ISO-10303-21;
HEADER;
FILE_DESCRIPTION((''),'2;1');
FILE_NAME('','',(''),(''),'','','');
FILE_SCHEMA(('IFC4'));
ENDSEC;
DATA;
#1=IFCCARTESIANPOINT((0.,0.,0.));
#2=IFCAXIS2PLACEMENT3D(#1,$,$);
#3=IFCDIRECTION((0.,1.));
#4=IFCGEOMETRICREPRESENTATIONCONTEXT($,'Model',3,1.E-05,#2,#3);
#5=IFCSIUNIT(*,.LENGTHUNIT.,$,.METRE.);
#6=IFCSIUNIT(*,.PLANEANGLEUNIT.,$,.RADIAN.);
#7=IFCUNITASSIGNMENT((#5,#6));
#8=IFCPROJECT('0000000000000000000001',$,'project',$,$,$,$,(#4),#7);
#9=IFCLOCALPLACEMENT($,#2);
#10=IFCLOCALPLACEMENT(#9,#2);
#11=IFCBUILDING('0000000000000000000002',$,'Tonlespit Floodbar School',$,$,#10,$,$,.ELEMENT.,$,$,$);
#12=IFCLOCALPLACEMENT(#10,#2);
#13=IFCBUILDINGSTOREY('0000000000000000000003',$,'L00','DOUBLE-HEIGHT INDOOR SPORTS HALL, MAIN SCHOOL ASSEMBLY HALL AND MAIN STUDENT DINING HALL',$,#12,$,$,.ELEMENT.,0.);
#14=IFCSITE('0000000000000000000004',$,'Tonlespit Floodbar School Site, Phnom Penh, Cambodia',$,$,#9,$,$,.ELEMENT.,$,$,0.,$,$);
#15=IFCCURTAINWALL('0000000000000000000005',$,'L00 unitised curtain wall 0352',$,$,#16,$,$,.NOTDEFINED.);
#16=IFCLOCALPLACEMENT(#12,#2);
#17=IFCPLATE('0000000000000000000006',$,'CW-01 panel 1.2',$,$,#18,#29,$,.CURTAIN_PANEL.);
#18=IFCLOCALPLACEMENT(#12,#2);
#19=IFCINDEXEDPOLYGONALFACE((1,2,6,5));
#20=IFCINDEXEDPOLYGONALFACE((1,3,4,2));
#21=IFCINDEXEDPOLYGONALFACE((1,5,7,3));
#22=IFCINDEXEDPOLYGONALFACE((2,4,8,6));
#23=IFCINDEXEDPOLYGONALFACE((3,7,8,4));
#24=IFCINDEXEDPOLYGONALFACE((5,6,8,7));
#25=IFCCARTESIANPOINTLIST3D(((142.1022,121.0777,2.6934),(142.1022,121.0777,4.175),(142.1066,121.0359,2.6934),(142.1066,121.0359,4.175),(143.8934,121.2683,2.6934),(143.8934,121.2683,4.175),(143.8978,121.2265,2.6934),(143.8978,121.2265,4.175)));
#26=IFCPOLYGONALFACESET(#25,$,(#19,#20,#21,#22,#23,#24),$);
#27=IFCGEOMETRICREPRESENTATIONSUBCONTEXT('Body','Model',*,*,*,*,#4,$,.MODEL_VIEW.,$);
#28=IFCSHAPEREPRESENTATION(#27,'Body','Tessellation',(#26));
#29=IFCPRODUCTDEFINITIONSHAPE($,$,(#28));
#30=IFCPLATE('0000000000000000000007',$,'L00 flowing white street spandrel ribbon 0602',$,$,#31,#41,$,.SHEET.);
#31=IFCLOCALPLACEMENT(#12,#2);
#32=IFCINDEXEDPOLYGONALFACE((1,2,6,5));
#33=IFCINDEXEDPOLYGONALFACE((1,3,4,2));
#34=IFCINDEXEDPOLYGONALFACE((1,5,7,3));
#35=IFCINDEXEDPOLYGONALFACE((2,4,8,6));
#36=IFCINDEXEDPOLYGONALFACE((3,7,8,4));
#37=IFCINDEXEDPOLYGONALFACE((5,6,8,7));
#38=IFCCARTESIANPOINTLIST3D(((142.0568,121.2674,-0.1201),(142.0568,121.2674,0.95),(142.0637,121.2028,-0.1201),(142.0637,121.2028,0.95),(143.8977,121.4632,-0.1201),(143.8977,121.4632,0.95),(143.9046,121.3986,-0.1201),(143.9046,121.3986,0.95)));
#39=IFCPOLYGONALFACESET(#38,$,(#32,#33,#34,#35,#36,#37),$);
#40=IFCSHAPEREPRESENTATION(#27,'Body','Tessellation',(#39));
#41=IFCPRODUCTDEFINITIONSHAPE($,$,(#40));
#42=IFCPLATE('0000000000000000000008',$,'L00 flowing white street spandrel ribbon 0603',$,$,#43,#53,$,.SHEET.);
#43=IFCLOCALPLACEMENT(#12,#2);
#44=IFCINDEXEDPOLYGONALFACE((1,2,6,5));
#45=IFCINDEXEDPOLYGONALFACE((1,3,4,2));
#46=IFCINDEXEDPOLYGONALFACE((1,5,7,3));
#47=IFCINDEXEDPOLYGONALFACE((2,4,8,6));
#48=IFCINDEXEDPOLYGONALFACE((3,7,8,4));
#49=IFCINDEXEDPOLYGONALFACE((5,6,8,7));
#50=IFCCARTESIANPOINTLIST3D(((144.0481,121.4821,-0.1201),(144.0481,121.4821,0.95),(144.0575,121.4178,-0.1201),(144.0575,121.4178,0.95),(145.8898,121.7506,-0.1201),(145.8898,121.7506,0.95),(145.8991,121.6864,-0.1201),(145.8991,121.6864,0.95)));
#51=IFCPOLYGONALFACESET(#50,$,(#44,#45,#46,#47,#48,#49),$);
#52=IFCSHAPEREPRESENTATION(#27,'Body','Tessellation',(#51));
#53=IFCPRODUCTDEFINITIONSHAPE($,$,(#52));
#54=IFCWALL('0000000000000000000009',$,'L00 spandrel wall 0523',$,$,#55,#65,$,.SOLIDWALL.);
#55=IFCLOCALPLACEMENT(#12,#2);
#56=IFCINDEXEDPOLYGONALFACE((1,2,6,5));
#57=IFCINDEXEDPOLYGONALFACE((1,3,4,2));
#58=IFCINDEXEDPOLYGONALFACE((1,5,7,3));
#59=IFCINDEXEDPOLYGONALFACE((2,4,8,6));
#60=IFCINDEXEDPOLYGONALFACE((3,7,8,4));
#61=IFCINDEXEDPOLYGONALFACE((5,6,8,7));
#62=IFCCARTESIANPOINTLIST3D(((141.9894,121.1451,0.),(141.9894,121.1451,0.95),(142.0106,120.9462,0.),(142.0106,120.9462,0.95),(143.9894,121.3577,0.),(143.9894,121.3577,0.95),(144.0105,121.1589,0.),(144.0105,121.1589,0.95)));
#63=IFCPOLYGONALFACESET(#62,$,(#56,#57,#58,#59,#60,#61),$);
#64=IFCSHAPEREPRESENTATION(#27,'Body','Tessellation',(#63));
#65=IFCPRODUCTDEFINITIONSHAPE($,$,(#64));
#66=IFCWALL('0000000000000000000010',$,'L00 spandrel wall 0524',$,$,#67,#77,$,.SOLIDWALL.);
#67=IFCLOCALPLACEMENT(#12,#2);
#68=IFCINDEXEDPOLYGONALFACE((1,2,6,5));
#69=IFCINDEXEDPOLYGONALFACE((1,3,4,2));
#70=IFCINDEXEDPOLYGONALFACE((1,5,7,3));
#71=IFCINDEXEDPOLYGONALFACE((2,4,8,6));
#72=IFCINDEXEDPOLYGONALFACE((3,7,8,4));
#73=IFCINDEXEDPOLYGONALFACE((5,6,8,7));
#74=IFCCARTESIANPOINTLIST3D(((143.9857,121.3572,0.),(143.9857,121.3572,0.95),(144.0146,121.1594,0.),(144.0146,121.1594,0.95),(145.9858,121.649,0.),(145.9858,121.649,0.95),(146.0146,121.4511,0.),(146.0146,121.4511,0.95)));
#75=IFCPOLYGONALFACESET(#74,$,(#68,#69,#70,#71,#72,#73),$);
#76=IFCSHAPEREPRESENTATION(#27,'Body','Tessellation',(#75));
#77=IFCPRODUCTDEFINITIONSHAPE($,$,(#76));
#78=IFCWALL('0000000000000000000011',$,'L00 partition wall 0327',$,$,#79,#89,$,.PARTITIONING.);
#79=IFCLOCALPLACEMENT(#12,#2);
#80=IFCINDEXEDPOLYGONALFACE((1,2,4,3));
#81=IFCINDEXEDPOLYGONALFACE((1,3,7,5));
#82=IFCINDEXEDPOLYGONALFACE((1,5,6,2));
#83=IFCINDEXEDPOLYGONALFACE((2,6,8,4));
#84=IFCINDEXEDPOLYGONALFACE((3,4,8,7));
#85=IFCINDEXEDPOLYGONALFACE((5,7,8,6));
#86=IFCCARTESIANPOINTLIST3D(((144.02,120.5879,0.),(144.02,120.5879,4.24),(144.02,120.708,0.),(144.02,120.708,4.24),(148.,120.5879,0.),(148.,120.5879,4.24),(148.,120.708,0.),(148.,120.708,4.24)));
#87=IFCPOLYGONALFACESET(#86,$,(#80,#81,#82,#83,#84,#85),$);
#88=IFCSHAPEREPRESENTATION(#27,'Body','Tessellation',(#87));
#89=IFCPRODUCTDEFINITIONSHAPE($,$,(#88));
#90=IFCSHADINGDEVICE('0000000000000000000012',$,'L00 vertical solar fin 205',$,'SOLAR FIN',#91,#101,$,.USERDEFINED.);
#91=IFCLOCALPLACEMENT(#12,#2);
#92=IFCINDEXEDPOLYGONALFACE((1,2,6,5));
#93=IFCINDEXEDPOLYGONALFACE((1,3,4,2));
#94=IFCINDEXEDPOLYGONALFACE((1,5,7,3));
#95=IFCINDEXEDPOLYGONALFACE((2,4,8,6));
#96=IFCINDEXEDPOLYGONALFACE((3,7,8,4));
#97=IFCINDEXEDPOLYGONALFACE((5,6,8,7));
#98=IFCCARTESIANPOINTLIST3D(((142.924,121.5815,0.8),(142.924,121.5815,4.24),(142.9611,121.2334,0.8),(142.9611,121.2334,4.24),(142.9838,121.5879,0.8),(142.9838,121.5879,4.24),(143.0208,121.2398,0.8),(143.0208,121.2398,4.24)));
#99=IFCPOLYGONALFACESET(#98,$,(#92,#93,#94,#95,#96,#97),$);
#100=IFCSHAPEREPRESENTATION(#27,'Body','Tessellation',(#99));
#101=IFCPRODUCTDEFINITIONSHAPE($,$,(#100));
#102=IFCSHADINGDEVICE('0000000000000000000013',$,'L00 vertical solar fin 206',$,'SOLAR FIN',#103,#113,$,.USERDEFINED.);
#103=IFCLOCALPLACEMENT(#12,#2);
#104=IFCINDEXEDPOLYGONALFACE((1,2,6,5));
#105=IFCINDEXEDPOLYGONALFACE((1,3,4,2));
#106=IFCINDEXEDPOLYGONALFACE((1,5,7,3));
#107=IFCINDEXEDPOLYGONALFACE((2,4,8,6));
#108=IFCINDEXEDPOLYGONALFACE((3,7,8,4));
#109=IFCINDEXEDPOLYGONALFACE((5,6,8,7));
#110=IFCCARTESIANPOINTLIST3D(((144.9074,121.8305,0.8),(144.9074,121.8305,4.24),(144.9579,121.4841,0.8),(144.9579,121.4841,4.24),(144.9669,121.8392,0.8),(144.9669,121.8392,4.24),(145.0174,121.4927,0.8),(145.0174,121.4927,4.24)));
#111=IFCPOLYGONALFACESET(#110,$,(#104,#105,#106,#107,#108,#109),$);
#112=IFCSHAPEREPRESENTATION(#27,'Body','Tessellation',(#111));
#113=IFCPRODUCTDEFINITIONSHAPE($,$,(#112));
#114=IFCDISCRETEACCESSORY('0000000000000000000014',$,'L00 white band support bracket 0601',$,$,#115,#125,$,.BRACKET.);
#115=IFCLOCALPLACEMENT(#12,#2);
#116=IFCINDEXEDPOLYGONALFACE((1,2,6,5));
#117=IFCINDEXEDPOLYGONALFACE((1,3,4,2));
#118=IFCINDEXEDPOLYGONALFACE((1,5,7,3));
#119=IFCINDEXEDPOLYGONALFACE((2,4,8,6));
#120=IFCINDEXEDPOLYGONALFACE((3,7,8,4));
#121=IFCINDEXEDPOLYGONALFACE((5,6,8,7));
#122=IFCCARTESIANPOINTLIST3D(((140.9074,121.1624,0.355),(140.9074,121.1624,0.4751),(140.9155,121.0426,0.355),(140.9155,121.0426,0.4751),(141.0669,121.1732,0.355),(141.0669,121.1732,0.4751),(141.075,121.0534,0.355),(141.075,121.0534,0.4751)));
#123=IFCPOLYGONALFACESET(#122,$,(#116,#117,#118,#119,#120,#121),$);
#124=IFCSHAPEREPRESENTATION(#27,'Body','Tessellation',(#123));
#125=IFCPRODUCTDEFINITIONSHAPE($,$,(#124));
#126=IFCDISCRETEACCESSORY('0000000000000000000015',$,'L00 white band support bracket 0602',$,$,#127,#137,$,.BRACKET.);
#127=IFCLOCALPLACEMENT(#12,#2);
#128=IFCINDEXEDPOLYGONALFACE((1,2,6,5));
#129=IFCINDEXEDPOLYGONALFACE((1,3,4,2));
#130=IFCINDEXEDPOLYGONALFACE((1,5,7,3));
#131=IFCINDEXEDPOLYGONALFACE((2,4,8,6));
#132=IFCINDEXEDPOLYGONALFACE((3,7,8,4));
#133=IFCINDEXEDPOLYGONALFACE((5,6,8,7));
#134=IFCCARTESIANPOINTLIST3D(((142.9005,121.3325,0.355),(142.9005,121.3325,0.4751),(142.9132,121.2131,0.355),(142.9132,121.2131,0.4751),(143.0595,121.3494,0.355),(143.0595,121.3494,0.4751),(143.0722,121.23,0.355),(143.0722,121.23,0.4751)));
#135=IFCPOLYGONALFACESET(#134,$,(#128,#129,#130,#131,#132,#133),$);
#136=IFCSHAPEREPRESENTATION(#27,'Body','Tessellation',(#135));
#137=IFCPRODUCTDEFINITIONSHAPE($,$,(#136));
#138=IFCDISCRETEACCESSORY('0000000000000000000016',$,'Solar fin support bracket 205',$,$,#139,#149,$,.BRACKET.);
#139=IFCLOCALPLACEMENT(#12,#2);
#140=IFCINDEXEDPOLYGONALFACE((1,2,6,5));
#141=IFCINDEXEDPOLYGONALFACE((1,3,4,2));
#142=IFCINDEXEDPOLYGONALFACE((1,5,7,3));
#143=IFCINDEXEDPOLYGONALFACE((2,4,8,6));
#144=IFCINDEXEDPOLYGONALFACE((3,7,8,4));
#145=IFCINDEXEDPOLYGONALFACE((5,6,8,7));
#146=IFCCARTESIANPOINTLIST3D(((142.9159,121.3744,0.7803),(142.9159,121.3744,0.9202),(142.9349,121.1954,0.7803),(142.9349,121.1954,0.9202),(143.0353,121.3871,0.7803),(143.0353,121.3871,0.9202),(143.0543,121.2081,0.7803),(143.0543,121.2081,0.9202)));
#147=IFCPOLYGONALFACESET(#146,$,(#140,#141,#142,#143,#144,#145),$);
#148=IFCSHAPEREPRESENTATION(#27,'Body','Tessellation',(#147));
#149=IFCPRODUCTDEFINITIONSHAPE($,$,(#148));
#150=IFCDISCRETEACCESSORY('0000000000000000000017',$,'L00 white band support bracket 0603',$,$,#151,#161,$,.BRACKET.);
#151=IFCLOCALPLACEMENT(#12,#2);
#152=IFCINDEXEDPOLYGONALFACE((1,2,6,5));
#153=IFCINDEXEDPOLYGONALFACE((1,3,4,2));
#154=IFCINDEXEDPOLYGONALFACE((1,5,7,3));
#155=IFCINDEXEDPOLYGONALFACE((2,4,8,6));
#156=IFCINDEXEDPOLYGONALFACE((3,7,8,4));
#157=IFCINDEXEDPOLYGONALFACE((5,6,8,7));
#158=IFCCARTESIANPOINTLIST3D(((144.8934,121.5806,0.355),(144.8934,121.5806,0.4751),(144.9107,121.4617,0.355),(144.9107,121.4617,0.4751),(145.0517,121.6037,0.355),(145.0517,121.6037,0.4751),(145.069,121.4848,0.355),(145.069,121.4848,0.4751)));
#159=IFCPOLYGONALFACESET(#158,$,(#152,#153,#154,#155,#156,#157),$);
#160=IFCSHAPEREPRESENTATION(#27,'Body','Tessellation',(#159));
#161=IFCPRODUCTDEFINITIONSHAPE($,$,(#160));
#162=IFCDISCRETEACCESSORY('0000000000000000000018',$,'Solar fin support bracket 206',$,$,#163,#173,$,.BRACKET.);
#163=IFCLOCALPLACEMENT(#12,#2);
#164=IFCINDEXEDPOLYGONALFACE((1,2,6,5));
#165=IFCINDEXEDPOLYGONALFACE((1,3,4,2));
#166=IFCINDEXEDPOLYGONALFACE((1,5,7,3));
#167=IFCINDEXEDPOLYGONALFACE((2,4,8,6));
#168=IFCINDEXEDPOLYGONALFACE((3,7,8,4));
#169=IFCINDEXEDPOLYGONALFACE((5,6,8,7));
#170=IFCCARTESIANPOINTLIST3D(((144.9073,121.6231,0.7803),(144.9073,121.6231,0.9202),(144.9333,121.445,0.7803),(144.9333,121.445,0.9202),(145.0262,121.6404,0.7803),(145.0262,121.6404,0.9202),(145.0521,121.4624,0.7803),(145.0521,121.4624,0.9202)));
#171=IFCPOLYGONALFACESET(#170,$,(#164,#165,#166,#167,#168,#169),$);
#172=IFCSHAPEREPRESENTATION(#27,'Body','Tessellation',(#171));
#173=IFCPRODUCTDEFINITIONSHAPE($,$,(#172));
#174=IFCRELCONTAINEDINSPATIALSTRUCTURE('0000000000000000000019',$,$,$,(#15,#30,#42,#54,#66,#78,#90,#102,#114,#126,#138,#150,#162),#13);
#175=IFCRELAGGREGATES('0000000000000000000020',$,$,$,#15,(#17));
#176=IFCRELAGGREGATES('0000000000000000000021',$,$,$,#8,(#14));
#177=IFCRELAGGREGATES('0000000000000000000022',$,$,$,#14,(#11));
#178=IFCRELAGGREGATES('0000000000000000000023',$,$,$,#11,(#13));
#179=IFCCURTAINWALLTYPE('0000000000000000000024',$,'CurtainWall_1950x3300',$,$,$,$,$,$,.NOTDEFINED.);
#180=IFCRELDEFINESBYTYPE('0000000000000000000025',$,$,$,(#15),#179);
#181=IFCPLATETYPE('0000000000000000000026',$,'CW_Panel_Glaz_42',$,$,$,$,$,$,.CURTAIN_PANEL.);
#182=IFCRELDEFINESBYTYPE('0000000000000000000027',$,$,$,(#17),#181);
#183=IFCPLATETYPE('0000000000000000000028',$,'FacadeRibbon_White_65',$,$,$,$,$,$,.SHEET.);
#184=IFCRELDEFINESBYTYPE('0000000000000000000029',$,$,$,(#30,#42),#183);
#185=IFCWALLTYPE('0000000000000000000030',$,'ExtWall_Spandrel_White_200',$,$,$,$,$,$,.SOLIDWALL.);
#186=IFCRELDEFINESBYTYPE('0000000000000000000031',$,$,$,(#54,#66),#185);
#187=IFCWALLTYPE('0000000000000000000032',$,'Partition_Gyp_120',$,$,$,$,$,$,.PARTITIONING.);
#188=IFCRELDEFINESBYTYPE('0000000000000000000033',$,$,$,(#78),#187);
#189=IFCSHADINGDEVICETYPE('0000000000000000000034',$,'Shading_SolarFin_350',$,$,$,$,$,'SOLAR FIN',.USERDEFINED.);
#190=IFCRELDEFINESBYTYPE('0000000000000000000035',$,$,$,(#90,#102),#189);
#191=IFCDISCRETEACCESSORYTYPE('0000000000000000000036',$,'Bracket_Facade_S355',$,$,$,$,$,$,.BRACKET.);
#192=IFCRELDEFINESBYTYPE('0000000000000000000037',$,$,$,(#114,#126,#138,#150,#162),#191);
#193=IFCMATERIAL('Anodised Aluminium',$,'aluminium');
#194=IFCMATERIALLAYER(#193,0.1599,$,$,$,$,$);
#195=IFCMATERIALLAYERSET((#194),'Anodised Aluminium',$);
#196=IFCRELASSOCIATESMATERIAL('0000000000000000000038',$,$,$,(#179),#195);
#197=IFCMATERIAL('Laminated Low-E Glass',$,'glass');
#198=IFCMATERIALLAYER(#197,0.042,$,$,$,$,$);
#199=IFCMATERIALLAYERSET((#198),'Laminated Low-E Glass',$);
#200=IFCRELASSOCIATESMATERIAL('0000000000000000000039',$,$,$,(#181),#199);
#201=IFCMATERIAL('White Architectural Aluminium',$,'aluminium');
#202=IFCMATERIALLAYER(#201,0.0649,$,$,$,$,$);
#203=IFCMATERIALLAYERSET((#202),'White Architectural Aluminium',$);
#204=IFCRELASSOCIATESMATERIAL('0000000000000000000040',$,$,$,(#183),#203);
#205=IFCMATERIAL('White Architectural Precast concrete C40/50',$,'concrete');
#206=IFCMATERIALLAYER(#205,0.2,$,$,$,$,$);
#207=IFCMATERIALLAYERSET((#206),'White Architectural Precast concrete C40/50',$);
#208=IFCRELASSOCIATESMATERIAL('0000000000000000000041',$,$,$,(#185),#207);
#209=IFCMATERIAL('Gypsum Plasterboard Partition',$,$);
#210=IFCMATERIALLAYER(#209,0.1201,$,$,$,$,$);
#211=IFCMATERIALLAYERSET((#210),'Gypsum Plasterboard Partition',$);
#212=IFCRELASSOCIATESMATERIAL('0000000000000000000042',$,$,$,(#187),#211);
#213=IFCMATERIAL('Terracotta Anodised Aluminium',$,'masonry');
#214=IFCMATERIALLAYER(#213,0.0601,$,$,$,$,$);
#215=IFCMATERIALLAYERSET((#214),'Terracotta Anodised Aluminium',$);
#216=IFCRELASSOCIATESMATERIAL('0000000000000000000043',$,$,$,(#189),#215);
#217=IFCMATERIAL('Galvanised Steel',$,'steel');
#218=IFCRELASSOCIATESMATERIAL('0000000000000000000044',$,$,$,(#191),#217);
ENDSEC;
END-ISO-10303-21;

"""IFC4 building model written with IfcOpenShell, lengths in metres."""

from ifc_helpers import new_model, si_unit, direction, frame, frame_2d, origin, origin_2d, place, context, subcontext, project, spatial, rectangle, extrude, material, layer, layer_set, type_object, element, aggregate, save


model = new_model("IFC4")

# Units and contexts
model_context = context("Model", 3, precision=1e-05, world=origin(), true_north=direction((0.0, 1.0)))
body_context = subcontext(model_context, "Body", "Model", "MODEL_VIEW")
ifc_project = project(units=[si_unit("LENGTHUNIT", "METRE"), si_unit("PLANEANGLEUNIT", "RADIAN")], contexts=[model_context])

# Site, building, storey
site_placement = place(None, origin())
site = spatial("IfcSite", under=ifc_project, at=site_placement, Name="Tonlespit Floodbar School Site, Phnom Penh, Cambodia", CompositionType="ELEMENT", RefElevation=0.0)
building_placement = place(site_placement, origin())
building = spatial("IfcBuilding", under=site, at=building_placement, Name="Tonlespit Floodbar School", CompositionType="ELEMENT")
storey_placement = place(building_placement, origin())
storey = spatial("IfcBuildingStorey", under=building, at=storey_placement, Name="L00", Description="DOUBLE-HEIGHT INDOOR SPORTS HALL, MAIN SCHOOL ASSEMBLY HALL AND MAIN STUDENT DINING HALL", CompositionType="ELEMENT", Elevation=0.0)

# Curtain wall
ifc_material_1 = material(Name="Anodised Aluminium", Category="aluminium")
ifc_layer_1 = layer(ifc_material_1, 0.1599)
ifc_layer_set_1 = layer_set([ifc_layer_1], Name="Anodised Aluminium")
curtain_wall_type_1 = type_object("IfcCurtainWallType", Name="CurtainWall_1950x3300", PredefinedType="NOTDEFINED", material=ifc_layer_set_1)
curtain_wall_1_placement = place(storey_placement, origin())
curtain_wall_1 = element("IfcCurtainWall", 1, at=curtain_wall_1_placement, inside=storey, type_object=curtain_wall_type_1, Name="L00 unitised curtain wall 0352", PredefinedType="NOTDEFINED")

# Plate
ifc_material_2 = material(Name="Laminated Low-E Glass", Category="glass")
ifc_layer_2 = layer(ifc_material_2, 0.042)
ifc_layer_set_2 = layer_set([ifc_layer_2], Name="Laminated Low-E Glass")
plate_type_1 = type_object("IfcPlateType", Name="CW_Panel_Glaz_42", PredefinedType="CURTAIN_PANEL", material=ifc_layer_set_2)
plate_1_placement = place(storey_placement, frame((143.0, 121.1521, 2.6934), z_axis=(0.0, 0.0, 1.0), x_axis=(0.994389, 0.105787, 0.0)))
plate_1 = element("IfcPlate", 2, at=plate_1_placement, type_object=plate_type_1, Name="CW-01 panel 1.2", PredefinedType="CURTAIN_PANEL", context=body_context, shape_type="SweptSolid", body=[
    extrude(rectangle(XDim=1.8013, YDim=0.042, at=origin_2d()), origin(), (0.0, 0.0, 1.0), 1.4817),
])
aggregate(curtain_wall_1, [plate_1])

# Plates
ifc_material_3 = material(Name="White Architectural Aluminium", Category="aluminium")
ifc_layer_3 = layer(ifc_material_3, 0.0649)
ifc_layer_set_3 = layer_set([ifc_layer_3], Name="White Architectural Aluminium")
plate_type_2 = type_object("IfcPlateType", Name="FacadeRibbon_White_65", PredefinedType="SHEET", material=ifc_layer_set_3)
plate_2_placement = place(storey_placement, frame((142.9807, 121.333, -0.1201), z_axis=(0.0, 0.0, 1.0), x_axis=(0.994392, 0.105754, 0.0)))
element("IfcPlate", 3, at=plate_2_placement, inside=storey, type_object=plate_type_2, Name="L00 flowing white street spandrel ribbon 0602", PredefinedType="SHEET", context=body_context, shape_type="SweptSolid", body=[
    extrude(rectangle(XDim=1.8513, YDim=0.0649, at=origin_2d()), origin(), (0.0, 0.0, 1.0), 1.0701),
])
plate_3_placement = place(storey_placement, frame((144.9736, 121.5842, -0.1201), z_axis=(0.0, 0.0, 1.0), x_axis=(0.989538, 0.144275, 0.0)))
element("IfcPlate", 4, at=plate_3_placement, inside=storey, type_object=plate_type_2, Name="L00 flowing white street spandrel ribbon 0603", PredefinedType="SHEET", context=body_context, shape_type="SweptSolid", body=[
    extrude(rectangle(XDim=1.8611, YDim=0.0649, at=origin_2d()), origin(), (0.0, 0.0, 1.0), 1.0701),
])

# Walls
ifc_material_4 = material(Name="White Architectural Precast concrete C40/50", Category="concrete")
ifc_layer_4 = layer(ifc_material_4, 0.2)
ifc_layer_set_4 = layer_set([ifc_layer_4], Name="White Architectural Precast concrete C40/50")
wall_type_1 = type_object("IfcWallType", Name="ExtWall_Spandrel_White_200", PredefinedType="SOLIDWALL", material=ifc_layer_set_4)
wall_1_placement = place(storey_placement, frame((142.0, 121.0457, 0.0), z_axis=(0.0, 0.0, 1.0), x_axis=(0.994395, 0.105727, 0.0)))
element("IfcWall", 5, at=wall_1_placement, inside=storey, type_object=wall_type_1, Name="L00 spandrel wall 0523", PredefinedType="SOLIDWALL", context=body_context, shape_type="SweptSolid", body=[
    extrude(rectangle(XDim=2.0112, YDim=0.2, at=frame_2d((1.0056, 0.0))), origin(), (0.0, 0.0, 1.0), 0.95),
])
wall_2_placement = place(storey_placement, frame((144.0, 121.2583, 0.0), z_axis=(0.0, 0.0, 1.0), x_axis=(0.989527, 0.144346, 0.0)))
element("IfcWall", 6, at=wall_2_placement, inside=storey, type_object=wall_type_1, Name="L00 spandrel wall 0524", PredefinedType="SOLIDWALL", context=body_context, shape_type="SweptSolid", body=[
    extrude(rectangle(XDim=2.0212, YDim=0.2, at=frame_2d((1.0107, 0.0))), origin(), (0.0, 0.0, 1.0), 0.95),
])
ifc_material_5 = material(Name="Gypsum Plasterboard Partition")
ifc_layer_5 = layer(ifc_material_5, 0.1201)
ifc_layer_set_5 = layer_set([ifc_layer_5], Name="Gypsum Plasterboard Partition")
wall_type_2 = type_object("IfcWallType", Name="Partition_Gyp_120", PredefinedType="PARTITIONING", material=ifc_layer_set_5)
wall_3_placement = place(storey_placement, frame((144.02, 120.6479, 0.0), z_axis=(0.0, 0.0, 1.0), x_axis=(1.0, 0.0, 0.0)))
element("IfcWall", 7, at=wall_3_placement, inside=storey, type_object=wall_type_2, Name="L00 partition wall 0327", PredefinedType="PARTITIONING", context=body_context, shape_type="SweptSolid", body=[
    extrude(rectangle(XDim=3.98, YDim=0.1201, at=frame_2d((1.99, 0.0))), origin(), (0.0, 0.0, 1.0), 4.24),
])

# Shading devices
ifc_material_6 = material(Name="Terracotta Anodised Aluminium", Category="masonry")
ifc_layer_6 = layer(ifc_material_6, 0.0601)
ifc_layer_set_6 = layer_set([ifc_layer_6], Name="Terracotta Anodised Aluminium")
shading_device_type = type_object("IfcShadingDeviceType", Name="Shading_SolarFin_350", ElementType="SOLAR FIN", PredefinedType="USERDEFINED", material=ifc_layer_set_6)
for number, where, z_axis, x_axis, name in (
    (8, (142.9724, 121.4106, 0.8), (0.0, 0.0, 1.0), (0.994392, 0.105754, 0.0), "L00 vertical solar fin 205"),
    (9, (144.9624, 121.6616, 0.8), (0.0, 0.0, 1.0), (0.989538, 0.144275, 0.0), "L00 vertical solar fin 206"),
):
    element("IfcShadingDevice", number, at=place(storey_placement, frame(where, z_axis=z_axis, x_axis=x_axis)), inside=storey, type_object=shading_device_type, Name=name, ObjectType="SOLAR FIN", PredefinedType="USERDEFINED", context=body_context, shape_type="SweptSolid", body=[
        extrude(rectangle(XDim=0.0601, YDim=0.3501, at=origin_2d()), origin(), (0.0, 0.0, 1.0), 3.4399),
    ])

# Discrete accessories
ifc_material_7 = material(Name="Galvanised Steel", Category="steel")
discrete_accessory_type = type_object("IfcDiscreteAccessoryType", Name="Bracket_Facade_S355", PredefinedType="BRACKET", material=ifc_material_7)
for number, where, z_axis, x_axis, name in (
    (10, (140.9912, 121.1079, 0.355), (0.0, 0.0, 1.0), (0.99773, 0.067347, 0.0), "L00 white band support bracket 0601"),
    (11, (142.9863, 121.2812, 0.355), (0.0, 0.0, 1.0), (0.994392, 0.105754, 0.0), "L00 white band support bracket 0602"),
):
    element("IfcDiscreteAccessory", number, at=place(storey_placement, frame(where, z_axis=z_axis, x_axis=x_axis)), inside=storey, type_object=discrete_accessory_type, Name=name, PredefinedType="BRACKET", context=body_context, shape_type="SweptSolid", body=[
        extrude(rectangle(XDim=0.1599, YDim=0.1201, at=origin_2d()), origin(), (0.0, 0.0, 1.0), 0.1201),
    ])
discrete_accessory_1_placement = place(storey_placement, frame((142.9851, 121.2913, 0.7803), z_axis=(0.0, 0.0, 1.0), x_axis=(0.994392, 0.105754, 0.0)))
element("IfcDiscreteAccessory", 12, at=discrete_accessory_1_placement, inside=storey, type_object=discrete_accessory_type, Name="Solar fin support bracket 205", PredefinedType="BRACKET", context=body_context, shape_type="SweptSolid", body=[
    extrude(rectangle(XDim=0.1201, YDim=0.1799, at=origin_2d()), origin(), (0.0, 0.0, 1.0), 0.1399),
])
discrete_accessory_2_placement = place(storey_placement, frame((144.9812, 121.5327, 0.355), z_axis=(0.0, 0.0, 1.0), x_axis=(0.989538, 0.144275, 0.0)))
element("IfcDiscreteAccessory", 13, at=discrete_accessory_2_placement, inside=storey, type_object=discrete_accessory_type, Name="L00 white band support bracket 0603", PredefinedType="BRACKET", context=body_context, shape_type="SweptSolid", body=[
    extrude(rectangle(XDim=0.1599, YDim=0.1201, at=origin_2d()), origin(), (0.0, 0.0, 1.0), 0.1201),
])
discrete_accessory_3_placement = place(storey_placement, frame((144.9797, 121.5427, 0.7803), z_axis=(0.0, 0.0, 1.0), x_axis=(0.989538, 0.144275, 0.0)))
element("IfcDiscreteAccessory", 14, at=discrete_accessory_3_placement, inside=storey, type_object=discrete_accessory_type, Name="Solar fin support bracket 206", PredefinedType="BRACKET", context=body_context, shape_type="SweptSolid", body=[
    extrude(rectangle(XDim=0.1201, YDim=0.1799, at=origin_2d()), origin(), (0.0, 0.0, 1.0), 0.1399),
])

save(model, "model.ifc")
